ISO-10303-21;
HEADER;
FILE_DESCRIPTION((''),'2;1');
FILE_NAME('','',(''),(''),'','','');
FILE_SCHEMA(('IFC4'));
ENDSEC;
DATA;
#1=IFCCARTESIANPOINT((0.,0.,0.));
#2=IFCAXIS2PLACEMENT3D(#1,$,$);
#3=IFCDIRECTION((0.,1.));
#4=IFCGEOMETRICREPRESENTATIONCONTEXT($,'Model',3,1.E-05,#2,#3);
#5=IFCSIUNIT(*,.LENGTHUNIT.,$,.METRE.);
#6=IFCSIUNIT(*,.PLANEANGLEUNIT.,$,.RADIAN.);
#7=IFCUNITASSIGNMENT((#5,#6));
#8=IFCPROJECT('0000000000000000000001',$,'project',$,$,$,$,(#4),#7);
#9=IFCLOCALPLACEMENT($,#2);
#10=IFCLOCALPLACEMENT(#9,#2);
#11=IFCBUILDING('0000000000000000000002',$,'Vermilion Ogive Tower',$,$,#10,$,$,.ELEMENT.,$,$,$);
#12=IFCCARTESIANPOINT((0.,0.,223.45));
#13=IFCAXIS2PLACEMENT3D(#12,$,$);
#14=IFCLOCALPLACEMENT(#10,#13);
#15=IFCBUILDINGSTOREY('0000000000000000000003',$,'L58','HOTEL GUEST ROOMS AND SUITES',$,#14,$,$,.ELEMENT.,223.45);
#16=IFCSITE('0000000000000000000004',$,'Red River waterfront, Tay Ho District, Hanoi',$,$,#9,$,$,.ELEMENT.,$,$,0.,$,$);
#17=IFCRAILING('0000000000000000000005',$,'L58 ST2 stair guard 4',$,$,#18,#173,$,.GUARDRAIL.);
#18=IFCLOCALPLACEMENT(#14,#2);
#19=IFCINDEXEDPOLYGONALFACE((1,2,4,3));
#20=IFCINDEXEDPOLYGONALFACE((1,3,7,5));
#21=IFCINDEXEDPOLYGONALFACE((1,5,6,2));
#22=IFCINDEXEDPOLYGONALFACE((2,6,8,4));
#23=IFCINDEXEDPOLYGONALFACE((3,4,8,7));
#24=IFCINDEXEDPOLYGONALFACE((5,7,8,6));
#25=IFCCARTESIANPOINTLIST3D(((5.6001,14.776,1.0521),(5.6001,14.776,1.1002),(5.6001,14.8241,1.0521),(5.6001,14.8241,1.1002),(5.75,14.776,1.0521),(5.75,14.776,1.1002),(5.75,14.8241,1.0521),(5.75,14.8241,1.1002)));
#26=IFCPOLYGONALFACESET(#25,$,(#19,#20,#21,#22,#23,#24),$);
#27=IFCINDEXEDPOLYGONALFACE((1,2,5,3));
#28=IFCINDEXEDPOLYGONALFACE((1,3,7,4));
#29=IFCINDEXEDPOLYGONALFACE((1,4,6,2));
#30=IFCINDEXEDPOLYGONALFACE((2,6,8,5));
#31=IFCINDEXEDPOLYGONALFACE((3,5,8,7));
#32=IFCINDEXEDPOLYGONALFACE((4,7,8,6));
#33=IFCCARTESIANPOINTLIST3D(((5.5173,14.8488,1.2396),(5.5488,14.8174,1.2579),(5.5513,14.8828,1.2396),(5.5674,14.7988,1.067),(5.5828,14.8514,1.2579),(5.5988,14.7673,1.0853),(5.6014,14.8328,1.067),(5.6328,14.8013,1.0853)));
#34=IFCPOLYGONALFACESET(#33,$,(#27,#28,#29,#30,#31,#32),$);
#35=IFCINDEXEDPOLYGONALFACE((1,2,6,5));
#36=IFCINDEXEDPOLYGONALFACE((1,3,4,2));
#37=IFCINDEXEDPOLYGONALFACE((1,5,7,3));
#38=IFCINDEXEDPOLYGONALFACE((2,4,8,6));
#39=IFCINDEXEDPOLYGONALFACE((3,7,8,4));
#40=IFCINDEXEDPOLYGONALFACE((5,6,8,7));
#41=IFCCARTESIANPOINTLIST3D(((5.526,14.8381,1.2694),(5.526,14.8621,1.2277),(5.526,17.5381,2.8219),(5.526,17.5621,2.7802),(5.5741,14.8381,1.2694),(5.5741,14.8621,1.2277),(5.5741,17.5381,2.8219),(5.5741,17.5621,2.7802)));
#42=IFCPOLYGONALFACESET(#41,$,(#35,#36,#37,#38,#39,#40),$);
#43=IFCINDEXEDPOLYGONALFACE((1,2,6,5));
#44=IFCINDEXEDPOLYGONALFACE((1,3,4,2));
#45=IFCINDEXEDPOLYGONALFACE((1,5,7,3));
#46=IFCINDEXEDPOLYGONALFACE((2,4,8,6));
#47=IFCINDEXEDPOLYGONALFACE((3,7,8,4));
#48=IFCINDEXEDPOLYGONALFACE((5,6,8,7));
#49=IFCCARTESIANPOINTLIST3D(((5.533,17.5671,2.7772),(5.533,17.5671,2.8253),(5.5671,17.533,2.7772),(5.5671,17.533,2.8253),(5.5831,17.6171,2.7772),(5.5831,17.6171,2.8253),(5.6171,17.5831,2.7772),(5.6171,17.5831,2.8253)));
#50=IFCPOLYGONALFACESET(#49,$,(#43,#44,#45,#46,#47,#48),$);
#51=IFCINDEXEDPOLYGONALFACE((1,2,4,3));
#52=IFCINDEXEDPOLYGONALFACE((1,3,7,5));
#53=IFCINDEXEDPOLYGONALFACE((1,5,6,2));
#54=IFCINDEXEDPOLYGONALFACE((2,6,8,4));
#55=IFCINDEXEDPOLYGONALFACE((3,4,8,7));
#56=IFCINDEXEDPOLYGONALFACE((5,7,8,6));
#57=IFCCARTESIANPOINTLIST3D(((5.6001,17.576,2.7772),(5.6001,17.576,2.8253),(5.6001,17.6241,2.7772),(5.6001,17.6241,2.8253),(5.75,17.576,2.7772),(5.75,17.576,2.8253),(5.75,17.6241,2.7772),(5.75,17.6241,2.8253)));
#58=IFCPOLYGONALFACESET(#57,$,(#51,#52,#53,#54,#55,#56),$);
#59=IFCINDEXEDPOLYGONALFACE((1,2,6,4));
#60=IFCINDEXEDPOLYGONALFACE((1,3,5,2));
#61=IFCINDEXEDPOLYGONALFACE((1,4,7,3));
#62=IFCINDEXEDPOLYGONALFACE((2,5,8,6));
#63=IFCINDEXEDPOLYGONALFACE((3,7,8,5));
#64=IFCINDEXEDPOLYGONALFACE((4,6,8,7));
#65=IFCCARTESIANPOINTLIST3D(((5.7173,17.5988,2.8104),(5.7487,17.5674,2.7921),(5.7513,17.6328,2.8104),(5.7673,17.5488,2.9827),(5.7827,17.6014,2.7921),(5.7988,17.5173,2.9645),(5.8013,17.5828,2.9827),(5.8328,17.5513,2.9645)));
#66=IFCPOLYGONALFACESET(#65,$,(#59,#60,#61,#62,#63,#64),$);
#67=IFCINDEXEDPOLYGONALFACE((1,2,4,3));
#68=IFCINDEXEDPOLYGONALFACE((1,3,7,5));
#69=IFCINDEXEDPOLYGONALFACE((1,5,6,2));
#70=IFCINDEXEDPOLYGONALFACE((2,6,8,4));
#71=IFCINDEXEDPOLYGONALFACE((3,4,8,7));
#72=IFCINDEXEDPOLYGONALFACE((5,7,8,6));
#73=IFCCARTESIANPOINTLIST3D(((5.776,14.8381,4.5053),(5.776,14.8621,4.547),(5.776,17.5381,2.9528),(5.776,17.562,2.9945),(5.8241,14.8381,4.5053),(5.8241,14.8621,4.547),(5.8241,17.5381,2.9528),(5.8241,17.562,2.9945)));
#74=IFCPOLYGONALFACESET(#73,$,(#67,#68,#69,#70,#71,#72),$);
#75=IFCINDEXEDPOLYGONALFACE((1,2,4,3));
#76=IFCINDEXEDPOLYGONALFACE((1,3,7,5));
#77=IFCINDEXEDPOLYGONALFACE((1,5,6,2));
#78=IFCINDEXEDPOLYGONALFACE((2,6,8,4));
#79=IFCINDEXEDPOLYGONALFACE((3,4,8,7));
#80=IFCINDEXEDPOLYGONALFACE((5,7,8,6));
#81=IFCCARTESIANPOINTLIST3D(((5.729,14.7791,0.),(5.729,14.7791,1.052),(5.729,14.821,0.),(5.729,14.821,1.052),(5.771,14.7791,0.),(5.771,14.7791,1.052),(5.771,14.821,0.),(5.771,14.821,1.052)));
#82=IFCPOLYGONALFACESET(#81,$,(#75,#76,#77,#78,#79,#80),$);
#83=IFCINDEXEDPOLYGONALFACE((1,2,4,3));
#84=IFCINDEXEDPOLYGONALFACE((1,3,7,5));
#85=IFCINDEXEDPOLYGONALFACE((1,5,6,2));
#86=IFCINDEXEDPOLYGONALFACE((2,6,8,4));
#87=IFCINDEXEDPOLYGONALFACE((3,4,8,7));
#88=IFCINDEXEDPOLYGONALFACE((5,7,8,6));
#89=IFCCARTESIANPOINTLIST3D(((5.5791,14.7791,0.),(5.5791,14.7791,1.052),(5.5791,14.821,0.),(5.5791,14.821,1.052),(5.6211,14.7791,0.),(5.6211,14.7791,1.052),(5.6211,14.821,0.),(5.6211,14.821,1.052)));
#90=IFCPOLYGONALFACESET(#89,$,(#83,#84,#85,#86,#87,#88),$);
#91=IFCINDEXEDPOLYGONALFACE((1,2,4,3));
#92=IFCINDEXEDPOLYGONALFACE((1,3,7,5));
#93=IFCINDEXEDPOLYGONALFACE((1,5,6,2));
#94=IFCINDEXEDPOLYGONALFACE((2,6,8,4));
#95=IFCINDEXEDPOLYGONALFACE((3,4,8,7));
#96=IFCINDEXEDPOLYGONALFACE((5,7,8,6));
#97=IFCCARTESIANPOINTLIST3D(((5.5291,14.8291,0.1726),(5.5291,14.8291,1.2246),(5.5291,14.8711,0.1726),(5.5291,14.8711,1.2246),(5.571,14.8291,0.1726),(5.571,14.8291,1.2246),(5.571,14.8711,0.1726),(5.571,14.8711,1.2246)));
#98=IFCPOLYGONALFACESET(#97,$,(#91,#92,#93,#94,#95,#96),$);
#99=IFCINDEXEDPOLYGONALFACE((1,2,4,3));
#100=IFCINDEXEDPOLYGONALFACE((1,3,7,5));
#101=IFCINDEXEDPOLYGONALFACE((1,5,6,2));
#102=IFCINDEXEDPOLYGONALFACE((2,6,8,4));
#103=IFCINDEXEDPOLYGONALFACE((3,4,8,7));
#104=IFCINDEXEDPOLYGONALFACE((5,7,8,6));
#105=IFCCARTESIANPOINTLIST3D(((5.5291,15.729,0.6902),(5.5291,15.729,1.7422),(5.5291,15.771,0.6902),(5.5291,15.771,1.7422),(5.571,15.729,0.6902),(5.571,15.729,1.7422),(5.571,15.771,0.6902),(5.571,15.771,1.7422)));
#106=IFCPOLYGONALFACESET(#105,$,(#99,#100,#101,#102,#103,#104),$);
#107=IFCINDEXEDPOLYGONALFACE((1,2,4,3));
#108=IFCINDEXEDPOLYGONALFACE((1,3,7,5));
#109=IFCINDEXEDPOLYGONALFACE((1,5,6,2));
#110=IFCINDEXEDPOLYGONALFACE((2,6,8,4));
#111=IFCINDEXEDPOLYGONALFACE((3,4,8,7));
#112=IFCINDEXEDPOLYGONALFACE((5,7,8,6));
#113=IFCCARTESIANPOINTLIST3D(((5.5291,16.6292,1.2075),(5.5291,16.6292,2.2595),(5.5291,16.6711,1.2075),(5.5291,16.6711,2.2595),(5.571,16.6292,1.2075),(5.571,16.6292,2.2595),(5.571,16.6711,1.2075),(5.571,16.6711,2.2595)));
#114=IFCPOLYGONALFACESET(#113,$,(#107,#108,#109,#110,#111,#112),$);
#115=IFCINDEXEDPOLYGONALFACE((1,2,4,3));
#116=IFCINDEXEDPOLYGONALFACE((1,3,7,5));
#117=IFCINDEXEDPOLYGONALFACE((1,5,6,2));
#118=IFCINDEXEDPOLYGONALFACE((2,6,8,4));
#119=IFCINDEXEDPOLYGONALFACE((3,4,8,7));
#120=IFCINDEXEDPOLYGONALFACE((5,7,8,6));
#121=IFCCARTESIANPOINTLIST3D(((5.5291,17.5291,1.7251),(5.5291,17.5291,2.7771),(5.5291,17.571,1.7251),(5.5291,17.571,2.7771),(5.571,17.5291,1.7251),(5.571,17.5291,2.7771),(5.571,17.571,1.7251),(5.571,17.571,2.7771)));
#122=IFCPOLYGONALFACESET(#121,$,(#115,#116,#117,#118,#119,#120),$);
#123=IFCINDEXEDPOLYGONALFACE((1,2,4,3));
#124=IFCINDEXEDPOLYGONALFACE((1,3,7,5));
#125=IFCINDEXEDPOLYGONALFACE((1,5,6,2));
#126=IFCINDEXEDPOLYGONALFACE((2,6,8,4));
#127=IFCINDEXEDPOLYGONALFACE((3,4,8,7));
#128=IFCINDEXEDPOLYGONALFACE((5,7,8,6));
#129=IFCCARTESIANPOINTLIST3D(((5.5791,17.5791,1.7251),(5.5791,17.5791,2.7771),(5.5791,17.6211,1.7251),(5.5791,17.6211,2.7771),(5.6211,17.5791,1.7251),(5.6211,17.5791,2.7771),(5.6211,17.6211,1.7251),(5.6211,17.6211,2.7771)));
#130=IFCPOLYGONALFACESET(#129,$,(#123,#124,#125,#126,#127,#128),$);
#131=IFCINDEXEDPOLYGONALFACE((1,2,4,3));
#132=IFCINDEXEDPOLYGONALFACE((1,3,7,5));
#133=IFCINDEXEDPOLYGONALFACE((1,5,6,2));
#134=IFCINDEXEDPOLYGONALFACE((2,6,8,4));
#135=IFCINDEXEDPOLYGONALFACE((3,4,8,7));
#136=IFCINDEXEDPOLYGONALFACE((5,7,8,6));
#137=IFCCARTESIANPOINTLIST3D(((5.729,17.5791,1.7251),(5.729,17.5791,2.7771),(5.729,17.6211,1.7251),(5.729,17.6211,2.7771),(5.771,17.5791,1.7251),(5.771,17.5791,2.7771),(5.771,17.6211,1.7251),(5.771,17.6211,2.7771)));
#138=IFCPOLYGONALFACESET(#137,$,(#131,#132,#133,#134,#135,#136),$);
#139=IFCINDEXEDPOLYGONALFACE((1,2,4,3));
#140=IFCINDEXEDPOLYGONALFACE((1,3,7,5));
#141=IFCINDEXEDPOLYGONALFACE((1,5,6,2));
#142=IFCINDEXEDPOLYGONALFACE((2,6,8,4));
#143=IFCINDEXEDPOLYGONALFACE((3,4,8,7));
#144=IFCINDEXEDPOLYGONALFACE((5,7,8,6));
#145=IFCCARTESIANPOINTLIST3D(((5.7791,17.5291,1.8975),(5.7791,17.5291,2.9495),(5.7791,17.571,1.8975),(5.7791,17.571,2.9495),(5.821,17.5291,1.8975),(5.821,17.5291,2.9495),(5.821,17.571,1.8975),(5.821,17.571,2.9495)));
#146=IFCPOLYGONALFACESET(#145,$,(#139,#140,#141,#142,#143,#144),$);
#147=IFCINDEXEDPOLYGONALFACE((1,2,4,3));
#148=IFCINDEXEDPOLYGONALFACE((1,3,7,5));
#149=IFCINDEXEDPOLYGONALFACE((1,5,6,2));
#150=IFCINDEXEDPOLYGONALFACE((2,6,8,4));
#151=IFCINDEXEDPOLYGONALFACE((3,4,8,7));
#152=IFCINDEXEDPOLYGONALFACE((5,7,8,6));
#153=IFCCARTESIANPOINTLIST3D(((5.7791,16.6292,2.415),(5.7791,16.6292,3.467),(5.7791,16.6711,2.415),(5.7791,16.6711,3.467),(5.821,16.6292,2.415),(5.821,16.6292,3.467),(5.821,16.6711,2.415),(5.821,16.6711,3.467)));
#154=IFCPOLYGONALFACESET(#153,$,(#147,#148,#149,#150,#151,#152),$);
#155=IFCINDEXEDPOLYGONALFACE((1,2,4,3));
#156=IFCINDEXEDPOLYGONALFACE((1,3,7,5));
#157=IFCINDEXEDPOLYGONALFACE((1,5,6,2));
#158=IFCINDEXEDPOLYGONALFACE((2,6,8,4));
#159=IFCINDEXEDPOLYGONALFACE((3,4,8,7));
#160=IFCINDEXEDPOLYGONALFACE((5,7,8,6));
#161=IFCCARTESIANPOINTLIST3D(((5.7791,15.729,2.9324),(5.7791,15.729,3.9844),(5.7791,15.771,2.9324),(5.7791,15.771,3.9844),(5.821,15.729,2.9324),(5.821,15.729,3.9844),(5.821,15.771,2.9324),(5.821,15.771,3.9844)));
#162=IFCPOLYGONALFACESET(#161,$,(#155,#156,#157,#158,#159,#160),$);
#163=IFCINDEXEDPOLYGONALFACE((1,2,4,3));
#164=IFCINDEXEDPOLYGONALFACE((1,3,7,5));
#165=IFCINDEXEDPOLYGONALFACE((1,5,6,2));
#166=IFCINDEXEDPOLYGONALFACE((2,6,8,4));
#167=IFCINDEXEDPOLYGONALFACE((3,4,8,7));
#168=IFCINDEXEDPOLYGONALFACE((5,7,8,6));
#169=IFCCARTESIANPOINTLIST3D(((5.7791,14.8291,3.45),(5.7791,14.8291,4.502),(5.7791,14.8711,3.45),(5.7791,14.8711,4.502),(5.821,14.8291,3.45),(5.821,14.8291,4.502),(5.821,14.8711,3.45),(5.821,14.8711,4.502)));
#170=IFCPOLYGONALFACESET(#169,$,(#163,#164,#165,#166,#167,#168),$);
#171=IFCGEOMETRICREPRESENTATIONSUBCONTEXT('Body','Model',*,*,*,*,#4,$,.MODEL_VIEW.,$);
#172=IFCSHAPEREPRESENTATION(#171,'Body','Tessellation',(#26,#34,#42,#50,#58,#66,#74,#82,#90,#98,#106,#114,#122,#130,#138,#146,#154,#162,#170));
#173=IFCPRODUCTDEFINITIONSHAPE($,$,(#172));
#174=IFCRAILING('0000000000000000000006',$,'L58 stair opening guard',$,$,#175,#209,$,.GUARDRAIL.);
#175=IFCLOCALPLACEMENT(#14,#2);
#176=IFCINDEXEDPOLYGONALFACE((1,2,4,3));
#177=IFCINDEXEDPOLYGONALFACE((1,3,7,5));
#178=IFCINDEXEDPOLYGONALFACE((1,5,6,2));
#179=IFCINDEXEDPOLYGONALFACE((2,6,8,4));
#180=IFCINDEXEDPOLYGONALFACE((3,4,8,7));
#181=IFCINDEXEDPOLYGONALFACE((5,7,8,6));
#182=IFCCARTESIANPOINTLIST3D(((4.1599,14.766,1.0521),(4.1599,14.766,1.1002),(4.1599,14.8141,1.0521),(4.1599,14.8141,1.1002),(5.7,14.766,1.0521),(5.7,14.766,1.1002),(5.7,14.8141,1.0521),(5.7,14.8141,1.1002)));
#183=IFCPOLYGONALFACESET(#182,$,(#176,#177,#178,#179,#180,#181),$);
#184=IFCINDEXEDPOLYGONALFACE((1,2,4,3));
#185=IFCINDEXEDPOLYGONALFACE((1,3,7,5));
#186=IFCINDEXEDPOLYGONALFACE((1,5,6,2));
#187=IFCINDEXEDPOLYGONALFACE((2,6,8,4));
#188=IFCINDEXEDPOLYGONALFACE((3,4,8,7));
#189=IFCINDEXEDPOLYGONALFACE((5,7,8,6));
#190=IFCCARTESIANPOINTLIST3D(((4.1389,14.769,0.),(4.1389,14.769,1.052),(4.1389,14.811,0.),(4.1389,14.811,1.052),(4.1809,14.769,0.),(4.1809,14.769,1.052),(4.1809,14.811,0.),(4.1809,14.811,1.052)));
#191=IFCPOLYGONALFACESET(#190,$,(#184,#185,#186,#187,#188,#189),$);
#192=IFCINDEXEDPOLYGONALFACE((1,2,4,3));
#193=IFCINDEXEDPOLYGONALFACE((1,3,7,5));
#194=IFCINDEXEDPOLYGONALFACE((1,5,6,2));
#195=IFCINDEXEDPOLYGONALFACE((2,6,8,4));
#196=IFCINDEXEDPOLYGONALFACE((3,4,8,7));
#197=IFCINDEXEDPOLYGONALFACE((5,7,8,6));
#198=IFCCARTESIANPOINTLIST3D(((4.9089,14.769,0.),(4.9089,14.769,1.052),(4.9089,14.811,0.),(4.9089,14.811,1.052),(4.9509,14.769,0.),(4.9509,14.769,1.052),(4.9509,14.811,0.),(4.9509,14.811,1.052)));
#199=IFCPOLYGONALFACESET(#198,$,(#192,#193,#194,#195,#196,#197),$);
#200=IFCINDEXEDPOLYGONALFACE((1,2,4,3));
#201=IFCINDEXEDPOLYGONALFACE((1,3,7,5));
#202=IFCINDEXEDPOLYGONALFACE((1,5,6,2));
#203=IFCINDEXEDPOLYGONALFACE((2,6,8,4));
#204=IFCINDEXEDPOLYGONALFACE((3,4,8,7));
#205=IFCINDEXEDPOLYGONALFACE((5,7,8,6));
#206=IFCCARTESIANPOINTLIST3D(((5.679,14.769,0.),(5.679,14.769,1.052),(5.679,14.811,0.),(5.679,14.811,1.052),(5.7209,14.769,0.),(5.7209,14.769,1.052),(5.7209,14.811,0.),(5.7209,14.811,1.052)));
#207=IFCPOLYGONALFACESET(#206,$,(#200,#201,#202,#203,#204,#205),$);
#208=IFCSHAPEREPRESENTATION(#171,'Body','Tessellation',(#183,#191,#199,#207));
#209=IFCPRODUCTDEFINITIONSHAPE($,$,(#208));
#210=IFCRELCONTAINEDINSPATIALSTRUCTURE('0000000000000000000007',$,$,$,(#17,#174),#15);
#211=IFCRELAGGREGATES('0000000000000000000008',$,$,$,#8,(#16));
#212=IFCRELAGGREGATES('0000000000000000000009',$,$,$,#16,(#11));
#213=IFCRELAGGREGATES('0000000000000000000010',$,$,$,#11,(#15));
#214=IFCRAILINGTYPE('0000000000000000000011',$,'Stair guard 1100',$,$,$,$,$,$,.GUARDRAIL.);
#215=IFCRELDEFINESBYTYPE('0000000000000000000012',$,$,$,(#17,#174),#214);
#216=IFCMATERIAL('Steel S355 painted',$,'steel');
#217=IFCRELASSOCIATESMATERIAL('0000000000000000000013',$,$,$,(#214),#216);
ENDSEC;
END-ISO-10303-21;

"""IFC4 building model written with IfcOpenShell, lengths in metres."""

from ifc_helpers import new_model, si_unit, direction, frame, origin, origin_2d, place, context, subcontext, project, spatial, rectangle, extrude, material, type_object, element, save


model = new_model("IFC4")

# Units and contexts
model_context = context("Model", 3, precision=1e-05, world=origin(), true_north=direction((0.0, 1.0)))
body_context = subcontext(model_context, "Body", "Model", "MODEL_VIEW")
ifc_project = project(units=[si_unit("LENGTHUNIT", "METRE"), si_unit("PLANEANGLEUNIT", "RADIAN")], contexts=[model_context])

# Site, building, storey
site_placement = place(None, origin())
site = spatial("IfcSite", under=ifc_project, at=site_placement, Name="Red River waterfront, Tay Ho District, Hanoi", CompositionType="ELEMENT", RefElevation=0.0)
building_placement = place(site_placement, origin())
building = spatial("IfcBuilding", under=site, at=building_placement, Name="Vermilion Ogive Tower", CompositionType="ELEMENT")
storey_placement = place(building_placement, frame((0.0, 0.0, 223.45)))
storey = spatial("IfcBuildingStorey", under=building, at=storey_placement, Name="L58", Description="HOTEL GUEST ROOMS AND SUITES", CompositionType="ELEMENT", Elevation=223.45)

# Railings
ifc_material_1 = material(Name="Steel S355 painted", Category="steel")
railing_type_1 = type_object("IfcRailingType", Name="Stair guard 1100", PredefinedType="GUARDRAIL", material=ifc_material_1)
railing_1_placement = place(storey_placement, frame((5.75, 14.8, 0.0)))
element("IfcRailing", 1, at=railing_1_placement, inside=storey, type_object=railing_type_1, Name="L58 ST2 stair guard 4", PredefinedType="GUARDRAIL", context=body_context, shape_type="SweptSolid", body=[
    extrude(rectangle(XDim=0.0481, YDim=0.0481, at=origin_2d()), frame((0.0, 0.0, 1.0762), z_axis=(-1.0, 0.0, 0.0), x_axis=(0.0, -1.0, 0.0)), (0.0, 0.0, 1.0), 0.1499),
    extrude(rectangle(XDim=0.0481, YDim=0.0481, at=origin_2d()), frame((-0.1499, 0.0, 1.0762), z_axis=(-0.268278, 0.268278, 0.925232), x_axis=(-0.707107, -0.707107, 0.0)), (0.0, 0.0, 1.0), 0.1865),
    extrude(rectangle(XDim=0.0481, YDim=0.0481, at=origin_2d()), frame((-0.2, 0.05, 1.2485), z_axis=(0.0, 0.866904, 0.498476), x_axis=(-1.0, 0.0, 0.0)), (0.0, 0.0, 1.0), 3.1145),
    extrude(rectangle(XDim=0.0481, YDim=0.0481, at=origin_2d()), frame((-0.2, 2.75, 2.8013), z_axis=(0.707107, 0.707107, 0.0), x_axis=(-0.707107, 0.707107, 0.0)), (0.0, 0.0, 1.0), 0.0708),
    extrude(rectangle(XDim=0.0481, YDim=0.0481, at=origin_2d()), frame((-0.1499, 2.8, 2.8013), z_axis=(1.0, 0.0, 0.0), x_axis=(0.0, 1.0, 0.0)), (0.0, 0.0, 1.0), 0.1499),
    extrude(rectangle(XDim=0.0481, YDim=0.0481, at=origin_2d()), frame((0.0, 2.8, 2.8013), z_axis=(0.268603, -0.268603, 0.925043), x_axis=(0.707107, 0.707107, 0.0)), (0.0, 0.0, 1.0), 0.1863),
    extrude(rectangle(XDim=0.0481, YDim=0.0481, at=origin_2d()), frame((0.05, 2.75, 2.9736), z_axis=(0.0, -0.866904, 0.498476), x_axis=(1.0, 0.0, 0.0)), (0.0, 0.0, 1.0), 3.1145),
    extrude(rectangle(XDim=0.042, YDim=0.042, at=origin_2d()), origin(), (0.0, 0.0, 1.0), 1.052),
    extrude(rectangle(XDim=0.042, YDim=0.042, at=origin_2d()), frame((-0.1499, 0.0, 0.0)), (0.0, 0.0, 1.0), 1.052),
    extrude(rectangle(XDim=0.042, YDim=0.042, at=origin_2d()), frame((-0.2, 0.05, 0.1726)), (0.0, 0.0, 1.0), 1.052),
    extrude(rectangle(XDim=0.042, YDim=0.042, at=origin_2d()), frame((-0.2, 0.95, 0.6902)), (0.0, 0.0, 1.0), 1.052),
    extrude(rectangle(XDim=0.042, YDim=0.042, at=origin_2d()), frame((-0.2, 1.8501, 1.2075)), (0.0, 0.0, 1.0), 1.052),
    extrude(rectangle(XDim=0.042, YDim=0.042, at=origin_2d()), frame((-0.2, 2.75, 1.7251)), (0.0, 0.0, 1.0), 1.052),
    extrude(rectangle(XDim=0.042, YDim=0.042, at=origin_2d()), frame((-0.1499, 2.8, 1.7251)), (0.0, 0.0, 1.0), 1.052),
    extrude(rectangle(XDim=0.042, YDim=0.042, at=origin_2d()), frame((0.0, 2.8, 1.7251)), (0.0, 0.0, 1.0), 1.052),
    extrude(rectangle(XDim=0.042, YDim=0.042, at=origin_2d()), frame((0.05, 2.75, 1.8975)), (0.0, 0.0, 1.0), 1.052),
    extrude(rectangle(XDim=0.042, YDim=0.042, at=origin_2d()), frame((0.05, 1.8501, 2.415)), (0.0, 0.0, 1.0), 1.052),
    extrude(rectangle(XDim=0.042, YDim=0.042, at=origin_2d()), frame((0.05, 0.95, 2.9324)), (0.0, 0.0, 1.0), 1.052),
    extrude(rectangle(XDim=0.042, YDim=0.042, at=origin_2d()), frame((0.05, 0.05, 3.45)), (0.0, 0.0, 1.0), 1.052),
])
railing_2_placement = place(storey_placement, frame((4.1599, 14.79, 0.0)))
element("IfcRailing", 2, at=railing_2_placement, inside=storey, type_object=railing_type_1, Name="L58 stair opening guard", PredefinedType="GUARDRAIL", context=body_context, shape_type="SweptSolid", body=[
    extrude(rectangle(XDim=0.0481, YDim=0.0481, at=origin_2d()), frame((0.0, 0.0, 1.0762), z_axis=(1.0, 0.0, 0.0), x_axis=(0.0, 1.0, 0.0)), (0.0, 0.0, 1.0), 1.54),
    extrude(rectangle(XDim=0.042, YDim=0.042, at=origin_2d()), origin(), (0.0, 0.0, 1.0), 1.052),
    extrude(rectangle(XDim=0.042, YDim=0.042, at=origin_2d()), frame((0.77, 0.0, 0.0)), (0.0, 0.0, 1.0), 1.052),
    extrude(rectangle(XDim=0.042, YDim=0.042, at=origin_2d()), frame((1.54, 0.0, 0.0)), (0.0, 0.0, 1.0), 1.052),
])

save(model, "model.ifc")
